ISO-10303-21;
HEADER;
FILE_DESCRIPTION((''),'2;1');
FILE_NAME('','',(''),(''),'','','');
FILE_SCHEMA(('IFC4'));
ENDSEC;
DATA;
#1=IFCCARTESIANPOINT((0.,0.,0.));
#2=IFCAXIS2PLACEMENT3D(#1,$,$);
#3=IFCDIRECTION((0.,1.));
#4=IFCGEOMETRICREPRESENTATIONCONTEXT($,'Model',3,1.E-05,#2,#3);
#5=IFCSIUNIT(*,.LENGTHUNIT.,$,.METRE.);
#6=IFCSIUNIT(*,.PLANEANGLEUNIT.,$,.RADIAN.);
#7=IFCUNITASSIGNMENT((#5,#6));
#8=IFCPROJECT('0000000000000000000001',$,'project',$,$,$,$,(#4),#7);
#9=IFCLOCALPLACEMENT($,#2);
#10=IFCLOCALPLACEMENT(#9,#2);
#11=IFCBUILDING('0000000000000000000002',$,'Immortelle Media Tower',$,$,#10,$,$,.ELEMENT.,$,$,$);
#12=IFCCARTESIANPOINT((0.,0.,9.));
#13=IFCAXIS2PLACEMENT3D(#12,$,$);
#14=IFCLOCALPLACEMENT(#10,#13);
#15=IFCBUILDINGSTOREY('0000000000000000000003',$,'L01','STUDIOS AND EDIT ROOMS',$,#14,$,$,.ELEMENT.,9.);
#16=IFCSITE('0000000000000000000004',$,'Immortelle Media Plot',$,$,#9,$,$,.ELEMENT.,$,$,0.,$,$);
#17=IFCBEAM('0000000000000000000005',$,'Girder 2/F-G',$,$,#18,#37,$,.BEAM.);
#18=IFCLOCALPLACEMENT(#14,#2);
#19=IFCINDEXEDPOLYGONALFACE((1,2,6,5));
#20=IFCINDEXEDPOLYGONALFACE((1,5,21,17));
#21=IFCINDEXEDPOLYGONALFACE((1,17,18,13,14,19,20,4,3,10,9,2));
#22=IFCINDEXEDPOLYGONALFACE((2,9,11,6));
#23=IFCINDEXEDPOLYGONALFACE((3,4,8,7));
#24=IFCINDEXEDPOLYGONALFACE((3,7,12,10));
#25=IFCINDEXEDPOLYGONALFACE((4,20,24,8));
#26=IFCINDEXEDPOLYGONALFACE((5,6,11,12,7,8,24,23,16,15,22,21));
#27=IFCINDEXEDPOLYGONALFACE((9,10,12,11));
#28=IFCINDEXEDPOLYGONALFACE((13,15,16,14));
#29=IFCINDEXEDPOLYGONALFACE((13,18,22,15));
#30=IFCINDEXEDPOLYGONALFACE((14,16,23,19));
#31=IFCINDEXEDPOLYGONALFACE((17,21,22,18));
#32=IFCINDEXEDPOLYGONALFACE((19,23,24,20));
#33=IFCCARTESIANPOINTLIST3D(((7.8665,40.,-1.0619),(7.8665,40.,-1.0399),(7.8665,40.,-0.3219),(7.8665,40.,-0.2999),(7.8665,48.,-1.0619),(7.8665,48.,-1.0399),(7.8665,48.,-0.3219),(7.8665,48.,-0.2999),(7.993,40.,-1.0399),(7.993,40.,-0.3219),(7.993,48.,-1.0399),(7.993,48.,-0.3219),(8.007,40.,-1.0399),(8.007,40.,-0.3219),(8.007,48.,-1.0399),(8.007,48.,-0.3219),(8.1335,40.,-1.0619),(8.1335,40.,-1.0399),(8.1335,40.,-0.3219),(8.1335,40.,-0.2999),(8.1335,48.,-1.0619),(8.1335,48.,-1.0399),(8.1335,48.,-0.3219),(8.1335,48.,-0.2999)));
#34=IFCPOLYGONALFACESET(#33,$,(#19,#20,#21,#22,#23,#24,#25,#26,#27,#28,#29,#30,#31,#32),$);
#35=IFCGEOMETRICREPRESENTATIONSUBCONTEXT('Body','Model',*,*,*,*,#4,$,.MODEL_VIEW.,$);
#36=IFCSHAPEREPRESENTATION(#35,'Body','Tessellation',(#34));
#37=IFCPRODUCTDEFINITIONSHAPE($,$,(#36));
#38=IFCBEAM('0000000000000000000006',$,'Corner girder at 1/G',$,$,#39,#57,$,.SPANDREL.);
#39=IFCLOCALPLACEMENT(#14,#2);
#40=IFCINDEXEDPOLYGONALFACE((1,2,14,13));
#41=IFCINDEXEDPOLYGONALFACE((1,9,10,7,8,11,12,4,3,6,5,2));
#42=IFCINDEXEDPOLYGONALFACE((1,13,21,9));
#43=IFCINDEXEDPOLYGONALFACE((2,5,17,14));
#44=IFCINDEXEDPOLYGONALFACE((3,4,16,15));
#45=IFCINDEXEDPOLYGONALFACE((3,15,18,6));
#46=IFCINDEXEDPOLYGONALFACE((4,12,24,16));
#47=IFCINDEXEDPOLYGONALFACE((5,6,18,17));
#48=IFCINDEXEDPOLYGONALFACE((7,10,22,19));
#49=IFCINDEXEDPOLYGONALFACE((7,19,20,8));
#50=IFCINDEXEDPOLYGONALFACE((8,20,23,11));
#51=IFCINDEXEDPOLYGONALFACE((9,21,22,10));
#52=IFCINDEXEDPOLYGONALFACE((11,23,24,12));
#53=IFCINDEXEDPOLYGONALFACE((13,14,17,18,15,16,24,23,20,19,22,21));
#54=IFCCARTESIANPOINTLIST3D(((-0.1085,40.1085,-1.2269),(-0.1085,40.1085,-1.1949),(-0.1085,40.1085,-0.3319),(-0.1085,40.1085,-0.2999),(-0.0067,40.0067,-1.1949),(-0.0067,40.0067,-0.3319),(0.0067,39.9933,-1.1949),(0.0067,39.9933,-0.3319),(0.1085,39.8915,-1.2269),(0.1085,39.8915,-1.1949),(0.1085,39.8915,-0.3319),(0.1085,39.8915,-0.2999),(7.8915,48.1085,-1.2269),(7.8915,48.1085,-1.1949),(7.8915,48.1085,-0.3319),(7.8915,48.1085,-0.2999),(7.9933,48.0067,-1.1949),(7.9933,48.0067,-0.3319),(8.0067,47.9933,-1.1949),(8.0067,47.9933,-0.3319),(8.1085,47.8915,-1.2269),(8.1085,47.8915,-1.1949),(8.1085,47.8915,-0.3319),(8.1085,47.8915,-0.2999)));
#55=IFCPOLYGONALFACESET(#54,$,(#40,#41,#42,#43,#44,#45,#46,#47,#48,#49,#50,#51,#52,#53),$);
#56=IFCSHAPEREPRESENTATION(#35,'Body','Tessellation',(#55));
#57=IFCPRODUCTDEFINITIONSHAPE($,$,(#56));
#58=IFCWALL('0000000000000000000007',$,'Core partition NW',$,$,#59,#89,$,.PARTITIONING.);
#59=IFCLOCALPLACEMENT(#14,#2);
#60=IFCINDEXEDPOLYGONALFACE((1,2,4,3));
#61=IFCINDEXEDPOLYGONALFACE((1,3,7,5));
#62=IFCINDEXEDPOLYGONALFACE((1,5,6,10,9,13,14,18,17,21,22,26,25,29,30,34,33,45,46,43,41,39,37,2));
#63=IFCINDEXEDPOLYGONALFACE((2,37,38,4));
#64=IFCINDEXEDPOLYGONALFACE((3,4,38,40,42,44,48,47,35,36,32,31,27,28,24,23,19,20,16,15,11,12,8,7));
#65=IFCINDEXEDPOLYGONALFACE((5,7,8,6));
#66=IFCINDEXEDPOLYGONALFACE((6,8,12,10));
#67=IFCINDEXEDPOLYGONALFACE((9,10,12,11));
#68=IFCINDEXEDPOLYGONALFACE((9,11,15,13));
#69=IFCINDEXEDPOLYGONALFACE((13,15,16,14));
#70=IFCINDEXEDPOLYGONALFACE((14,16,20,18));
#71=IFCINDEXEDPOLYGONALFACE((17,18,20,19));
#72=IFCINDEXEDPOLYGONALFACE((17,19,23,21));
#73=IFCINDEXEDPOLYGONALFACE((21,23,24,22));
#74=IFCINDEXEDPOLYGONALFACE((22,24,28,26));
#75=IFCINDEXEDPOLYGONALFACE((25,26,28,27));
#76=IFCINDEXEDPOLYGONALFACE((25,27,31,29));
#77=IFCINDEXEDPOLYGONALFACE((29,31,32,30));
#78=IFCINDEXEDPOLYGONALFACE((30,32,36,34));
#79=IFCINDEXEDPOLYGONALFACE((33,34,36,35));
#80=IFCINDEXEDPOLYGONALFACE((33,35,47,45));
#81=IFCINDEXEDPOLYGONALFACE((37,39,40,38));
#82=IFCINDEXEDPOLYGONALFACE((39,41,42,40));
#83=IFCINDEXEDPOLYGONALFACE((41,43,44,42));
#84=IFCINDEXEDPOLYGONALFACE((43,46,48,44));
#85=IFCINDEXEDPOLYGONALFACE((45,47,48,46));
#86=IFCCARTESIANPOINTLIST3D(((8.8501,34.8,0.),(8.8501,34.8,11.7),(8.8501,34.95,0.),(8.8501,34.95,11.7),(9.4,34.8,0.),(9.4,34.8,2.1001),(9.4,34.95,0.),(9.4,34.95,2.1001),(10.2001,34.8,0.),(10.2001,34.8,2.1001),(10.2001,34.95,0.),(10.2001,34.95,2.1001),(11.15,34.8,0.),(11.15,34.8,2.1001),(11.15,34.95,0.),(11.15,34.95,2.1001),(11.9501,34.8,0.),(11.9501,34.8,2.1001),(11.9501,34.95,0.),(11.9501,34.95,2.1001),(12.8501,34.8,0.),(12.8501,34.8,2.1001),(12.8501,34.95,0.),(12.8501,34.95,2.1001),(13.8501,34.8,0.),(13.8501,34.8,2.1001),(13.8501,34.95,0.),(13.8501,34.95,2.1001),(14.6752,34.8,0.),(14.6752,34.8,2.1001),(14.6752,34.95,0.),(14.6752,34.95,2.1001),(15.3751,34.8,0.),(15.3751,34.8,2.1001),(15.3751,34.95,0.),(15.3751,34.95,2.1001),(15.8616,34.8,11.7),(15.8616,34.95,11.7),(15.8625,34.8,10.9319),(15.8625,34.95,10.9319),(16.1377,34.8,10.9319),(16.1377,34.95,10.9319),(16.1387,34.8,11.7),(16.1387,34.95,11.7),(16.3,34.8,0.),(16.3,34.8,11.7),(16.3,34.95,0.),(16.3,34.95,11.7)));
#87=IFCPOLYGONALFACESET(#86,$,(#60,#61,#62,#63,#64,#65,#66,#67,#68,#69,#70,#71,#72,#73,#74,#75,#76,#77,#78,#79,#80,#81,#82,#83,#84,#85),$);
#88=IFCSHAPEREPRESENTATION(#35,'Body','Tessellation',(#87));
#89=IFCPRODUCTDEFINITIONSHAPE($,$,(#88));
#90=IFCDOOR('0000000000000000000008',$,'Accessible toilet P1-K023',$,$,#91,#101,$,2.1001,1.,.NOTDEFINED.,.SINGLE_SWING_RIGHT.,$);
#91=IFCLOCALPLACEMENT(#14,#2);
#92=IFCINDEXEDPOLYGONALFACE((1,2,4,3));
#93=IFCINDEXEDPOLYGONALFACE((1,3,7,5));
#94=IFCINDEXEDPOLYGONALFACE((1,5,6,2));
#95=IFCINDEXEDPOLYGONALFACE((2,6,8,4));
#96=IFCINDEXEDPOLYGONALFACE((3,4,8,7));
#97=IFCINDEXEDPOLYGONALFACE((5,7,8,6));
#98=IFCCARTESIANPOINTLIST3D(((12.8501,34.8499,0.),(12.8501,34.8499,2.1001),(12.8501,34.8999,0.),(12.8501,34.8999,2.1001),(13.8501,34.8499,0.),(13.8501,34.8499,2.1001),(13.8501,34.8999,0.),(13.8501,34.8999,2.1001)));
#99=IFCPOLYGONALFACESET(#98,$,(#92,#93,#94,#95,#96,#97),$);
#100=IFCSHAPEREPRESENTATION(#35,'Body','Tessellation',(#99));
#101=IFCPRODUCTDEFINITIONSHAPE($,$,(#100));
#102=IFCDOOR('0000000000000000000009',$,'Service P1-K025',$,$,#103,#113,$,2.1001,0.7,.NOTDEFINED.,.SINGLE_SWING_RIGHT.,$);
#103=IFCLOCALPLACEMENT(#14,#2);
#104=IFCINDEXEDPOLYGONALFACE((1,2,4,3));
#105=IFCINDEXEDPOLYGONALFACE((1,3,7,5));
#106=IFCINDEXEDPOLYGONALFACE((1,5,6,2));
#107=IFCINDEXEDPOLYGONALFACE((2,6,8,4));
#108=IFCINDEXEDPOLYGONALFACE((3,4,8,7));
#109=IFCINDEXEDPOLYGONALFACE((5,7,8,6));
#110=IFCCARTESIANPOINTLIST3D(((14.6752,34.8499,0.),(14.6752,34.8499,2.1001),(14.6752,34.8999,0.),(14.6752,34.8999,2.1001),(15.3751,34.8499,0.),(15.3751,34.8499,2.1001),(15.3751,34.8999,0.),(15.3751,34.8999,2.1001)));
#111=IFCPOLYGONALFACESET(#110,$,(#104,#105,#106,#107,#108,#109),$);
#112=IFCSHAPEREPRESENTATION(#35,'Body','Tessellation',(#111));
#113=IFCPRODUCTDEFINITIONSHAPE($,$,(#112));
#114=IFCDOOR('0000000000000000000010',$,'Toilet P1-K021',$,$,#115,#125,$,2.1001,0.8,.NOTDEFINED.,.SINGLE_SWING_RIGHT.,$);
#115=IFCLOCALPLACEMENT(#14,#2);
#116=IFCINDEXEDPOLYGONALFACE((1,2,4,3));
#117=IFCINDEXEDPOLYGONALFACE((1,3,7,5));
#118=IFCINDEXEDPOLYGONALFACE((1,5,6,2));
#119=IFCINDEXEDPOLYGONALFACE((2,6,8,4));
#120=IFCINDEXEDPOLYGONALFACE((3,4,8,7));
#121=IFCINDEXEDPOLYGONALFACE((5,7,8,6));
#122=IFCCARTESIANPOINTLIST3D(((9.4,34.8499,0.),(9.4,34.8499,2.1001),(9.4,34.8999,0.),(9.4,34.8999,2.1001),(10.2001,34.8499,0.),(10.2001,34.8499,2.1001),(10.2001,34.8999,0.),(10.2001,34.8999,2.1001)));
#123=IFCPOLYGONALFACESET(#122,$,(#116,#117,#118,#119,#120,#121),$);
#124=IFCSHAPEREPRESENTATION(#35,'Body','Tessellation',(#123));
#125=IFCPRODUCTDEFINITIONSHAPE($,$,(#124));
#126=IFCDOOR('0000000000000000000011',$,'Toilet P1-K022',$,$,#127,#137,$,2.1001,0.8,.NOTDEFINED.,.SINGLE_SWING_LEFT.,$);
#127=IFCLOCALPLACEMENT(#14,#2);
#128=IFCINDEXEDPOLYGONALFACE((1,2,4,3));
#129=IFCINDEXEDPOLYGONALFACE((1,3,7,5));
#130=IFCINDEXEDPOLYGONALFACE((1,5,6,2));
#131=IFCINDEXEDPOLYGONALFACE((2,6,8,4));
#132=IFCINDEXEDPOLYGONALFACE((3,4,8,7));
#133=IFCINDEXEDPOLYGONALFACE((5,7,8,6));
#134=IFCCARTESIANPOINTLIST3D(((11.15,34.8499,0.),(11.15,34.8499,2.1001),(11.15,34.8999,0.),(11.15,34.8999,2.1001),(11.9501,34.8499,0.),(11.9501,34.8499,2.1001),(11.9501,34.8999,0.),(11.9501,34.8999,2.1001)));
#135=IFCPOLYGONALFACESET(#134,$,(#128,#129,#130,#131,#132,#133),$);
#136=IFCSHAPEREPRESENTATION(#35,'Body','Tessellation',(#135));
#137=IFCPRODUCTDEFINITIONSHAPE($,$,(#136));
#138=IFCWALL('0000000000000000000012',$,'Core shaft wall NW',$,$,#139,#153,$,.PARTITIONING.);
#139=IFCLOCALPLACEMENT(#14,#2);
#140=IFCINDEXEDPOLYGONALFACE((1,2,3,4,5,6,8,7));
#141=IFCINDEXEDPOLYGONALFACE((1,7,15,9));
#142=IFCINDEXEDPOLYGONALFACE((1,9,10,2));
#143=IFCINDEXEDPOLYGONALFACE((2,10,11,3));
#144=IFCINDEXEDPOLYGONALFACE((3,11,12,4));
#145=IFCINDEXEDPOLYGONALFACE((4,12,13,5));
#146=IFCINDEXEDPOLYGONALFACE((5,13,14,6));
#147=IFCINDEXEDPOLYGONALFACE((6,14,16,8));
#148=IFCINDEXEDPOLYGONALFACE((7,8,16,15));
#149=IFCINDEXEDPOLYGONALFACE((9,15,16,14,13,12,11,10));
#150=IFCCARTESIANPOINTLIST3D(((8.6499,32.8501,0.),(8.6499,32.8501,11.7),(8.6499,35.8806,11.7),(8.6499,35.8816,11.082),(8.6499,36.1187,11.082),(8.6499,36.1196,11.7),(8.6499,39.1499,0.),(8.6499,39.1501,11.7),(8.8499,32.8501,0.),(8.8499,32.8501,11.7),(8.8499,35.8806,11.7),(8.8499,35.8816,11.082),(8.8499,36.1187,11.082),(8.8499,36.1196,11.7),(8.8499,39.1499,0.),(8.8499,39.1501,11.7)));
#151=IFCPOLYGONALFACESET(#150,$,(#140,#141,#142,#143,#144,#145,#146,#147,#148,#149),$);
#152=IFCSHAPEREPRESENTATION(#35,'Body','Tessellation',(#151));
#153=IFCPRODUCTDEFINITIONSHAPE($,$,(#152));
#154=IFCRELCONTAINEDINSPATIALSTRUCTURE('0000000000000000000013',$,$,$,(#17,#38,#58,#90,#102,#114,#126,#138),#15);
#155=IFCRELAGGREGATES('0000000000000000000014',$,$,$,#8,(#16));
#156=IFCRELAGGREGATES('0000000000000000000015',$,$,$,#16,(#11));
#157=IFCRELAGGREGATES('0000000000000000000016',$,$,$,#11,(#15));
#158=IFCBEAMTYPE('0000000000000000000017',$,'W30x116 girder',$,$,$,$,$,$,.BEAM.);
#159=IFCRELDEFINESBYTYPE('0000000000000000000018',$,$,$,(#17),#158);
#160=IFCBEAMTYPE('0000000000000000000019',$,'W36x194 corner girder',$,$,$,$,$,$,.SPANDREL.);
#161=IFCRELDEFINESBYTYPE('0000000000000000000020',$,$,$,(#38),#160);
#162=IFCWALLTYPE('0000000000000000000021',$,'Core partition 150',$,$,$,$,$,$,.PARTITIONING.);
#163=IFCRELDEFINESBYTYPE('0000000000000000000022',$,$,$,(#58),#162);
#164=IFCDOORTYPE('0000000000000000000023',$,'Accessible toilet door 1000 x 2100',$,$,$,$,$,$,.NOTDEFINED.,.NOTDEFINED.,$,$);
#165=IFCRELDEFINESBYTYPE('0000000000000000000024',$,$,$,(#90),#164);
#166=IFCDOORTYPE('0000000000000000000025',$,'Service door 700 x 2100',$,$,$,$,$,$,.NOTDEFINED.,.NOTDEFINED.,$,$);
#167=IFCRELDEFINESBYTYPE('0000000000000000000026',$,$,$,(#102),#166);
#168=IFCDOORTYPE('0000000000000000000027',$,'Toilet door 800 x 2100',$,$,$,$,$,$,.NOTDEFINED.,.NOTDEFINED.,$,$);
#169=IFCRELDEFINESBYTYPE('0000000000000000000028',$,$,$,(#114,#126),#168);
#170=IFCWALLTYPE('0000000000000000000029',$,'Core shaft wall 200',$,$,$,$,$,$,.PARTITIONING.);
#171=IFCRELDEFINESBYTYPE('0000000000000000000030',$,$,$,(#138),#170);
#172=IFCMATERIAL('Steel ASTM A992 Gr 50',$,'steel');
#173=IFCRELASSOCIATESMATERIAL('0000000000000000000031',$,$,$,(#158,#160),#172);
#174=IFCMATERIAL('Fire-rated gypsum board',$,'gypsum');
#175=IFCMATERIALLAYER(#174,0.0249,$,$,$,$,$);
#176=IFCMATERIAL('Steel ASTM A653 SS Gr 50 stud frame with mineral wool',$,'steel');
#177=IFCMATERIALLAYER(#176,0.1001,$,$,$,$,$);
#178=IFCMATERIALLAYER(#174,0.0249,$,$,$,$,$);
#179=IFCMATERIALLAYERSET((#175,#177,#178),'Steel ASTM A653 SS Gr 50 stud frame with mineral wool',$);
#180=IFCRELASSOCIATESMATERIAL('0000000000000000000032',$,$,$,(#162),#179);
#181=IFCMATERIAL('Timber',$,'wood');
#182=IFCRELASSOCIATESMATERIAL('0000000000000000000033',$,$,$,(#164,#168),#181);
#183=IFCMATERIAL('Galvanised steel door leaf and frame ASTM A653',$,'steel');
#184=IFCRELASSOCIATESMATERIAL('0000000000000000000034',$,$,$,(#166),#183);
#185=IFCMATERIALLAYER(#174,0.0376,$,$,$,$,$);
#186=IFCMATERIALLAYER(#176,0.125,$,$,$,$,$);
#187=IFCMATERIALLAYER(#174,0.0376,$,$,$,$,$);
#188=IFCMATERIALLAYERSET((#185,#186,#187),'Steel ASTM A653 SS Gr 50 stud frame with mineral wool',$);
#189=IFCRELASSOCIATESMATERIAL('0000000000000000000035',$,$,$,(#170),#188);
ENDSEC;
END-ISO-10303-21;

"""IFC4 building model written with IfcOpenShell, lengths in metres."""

from ifc_helpers import new_model, si_unit, direction, frame, frame_2d, origin, origin_2d, place, context, subcontext, project, spatial, polyline, rectangle, i_section, outline, extrude, material, layer, layer_set, material_profile, profile_set, type_object, element, fill, save


model = new_model("IFC4")

# Units and contexts
model_context = context("Model", 3, precision=1e-05, world=origin(), true_north=direction((0.0, 1.0)))
body_context = subcontext(model_context, "Body", "Model", "MODEL_VIEW")
ifc_project = project(units=[si_unit("LENGTHUNIT", "METRE"), si_unit("PLANEANGLEUNIT", "RADIAN")], contexts=[model_context])

# Site, building, storey
site_placement = place(None, origin())
site = spatial("IfcSite", under=ifc_project, at=site_placement, Name="Immortelle Media Plot", CompositionType="ELEMENT", RefElevation=0.0)
building_placement = place(site_placement, origin())
building = spatial("IfcBuilding", under=site, at=building_placement, Name="Immortelle Media Tower", CompositionType="ELEMENT")
storey_placement = place(building_placement, frame((0.0, 0.0, 9.0)))
storey = spatial("IfcBuildingStorey", under=building, at=storey_placement, Name="L01", Description="STUDIOS AND EDIT ROOMS", CompositionType="ELEMENT", Elevation=9.0)

# Shared definitions
ifc_material_1 = material(Name="Steel ASTM A992 Gr 50", Category="steel")

# Beams
ifc_material_profile_1 = material_profile(ifc_material_1, i_section(OverallWidth=0.2671, OverallDepth=0.762, WebThickness=0.0139, FlangeThickness=0.022, at=origin_2d()), Name="W30x116")
ifc_profile_set_1 = profile_set([ifc_material_profile_1], Name="Steel ASTM A992 Gr 50")
beam_type_1 = type_object("IfcBeamType", Name="W30x116 girder", PredefinedType="BEAM", material=ifc_profile_set_1)
for number, where, z_axis, x_axis, name in (
    (1, (8.0, 40.0, -0.6809), (0.0, 1.0, 0.0), (-1.0, 0.0, 0.0), "Girder 2/F-G"),
):
    element("IfcBeam", number, at=place(storey_placement, frame(where, z_axis=z_axis, x_axis=x_axis)), inside=storey, type_object=beam_type_1, Name=name, PredefinedType="BEAM", context=body_context, shape_type="SweptSolid", body=[
        extrude(i_section(OverallWidth=0.2671, OverallDepth=0.762, WebThickness=0.0139, FlangeThickness=0.022, at=origin_2d()), origin(), (0.0, 0.0, 1.0), 8.0),
    ])
ifc_material_profile_2 = material_profile(ifc_material_1, i_section(OverallWidth=0.3069, OverallDepth=0.927, WebThickness=0.019, FlangeThickness=0.032, at=origin_2d()), Name="W36x194")
ifc_profile_set_2 = profile_set([ifc_material_profile_2], Name="Steel ASTM A992 Gr 50")
beam_type_2 = type_object("IfcBeamType", Name="W36x194 corner girder", PredefinedType="SPANDREL", material=ifc_profile_set_2)
beam_1_placement = place(storey_placement, frame((0.0, 40.0, -0.7634), z_axis=(0.707107, 0.707107, 0.0), x_axis=(-0.707107, 0.707107, 0.0)))
element("IfcBeam", 2, at=beam_1_placement, inside=storey, type_object=beam_type_2, Name="Corner girder at 1/G", PredefinedType="SPANDREL", context=body_context, shape_type="SweptSolid", body=[
    extrude(i_section(OverallWidth=0.3069, OverallDepth=0.927, WebThickness=0.019, FlangeThickness=0.032, at=origin_2d()), origin(), (0.0, 0.0, 1.0), 11.3137),
])

# Wall, openings, doors
ifc_material_2 = material(Name="Fire-rated gypsum board", Category="gypsum")
ifc_layer_1 = layer(ifc_material_2, 0.0249)
ifc_material_3 = material(Name="Steel ASTM A653 SS Gr 50 stud frame with mineral wool", Category="steel")
ifc_layer_2 = layer(ifc_material_3, 0.1001)
ifc_layer_3 = layer(ifc_material_2, 0.0249)
ifc_layer_set_1 = layer_set([ifc_layer_1, ifc_layer_2, ifc_layer_3], Name="Steel ASTM A653 SS Gr 50 stud frame with mineral wool")
wall_type_1 = type_object("IfcWallType", Name="Core partition 150", PredefinedType="PARTITIONING", material=ifc_layer_set_1)
wall_1_placement = place(storey_placement, frame((8.8501, 34.875, 0.0), z_axis=(0.0, 0.0, 1.0), x_axis=(1.0, 0.0, 0.0)))
wall_1 = element("IfcWall", 3, at=wall_1_placement, inside=storey, type_object=wall_type_1, Name="Core partition NW", PredefinedType="PARTITIONING", context=body_context, shape_type="SweptSolid", body=[
    extrude(outline(polyline([(0.0, 0.0), (7.45, 0.0), (7.45, 11.7), (7.2886, 11.7), (7.2876, 10.9319), (7.0125, 10.9319), (7.0115, 11.7), (0.0, 11.7), (0.0, 0.0)])), frame((0.0, 0.075, 0.0), z_axis=(0.0, -1.0, 0.0), x_axis=(1.0, 0.0, 0.0)), (0.0, 0.0, 1.0), 0.1499),
])
opening_1_placement = place(wall_1_placement, frame((0.55, 0.0, 0.0)))
opening_1 = element("IfcOpeningElement", 4, at=opening_1_placement, cuts=wall_1, PredefinedType="OPENING", context=body_context, shape_type="SweptSolid", body=[
    extrude(rectangle(XDim=0.8, YDim=2.1001, at=frame_2d((0.3999, 1.05))), frame((0.0, 0.085, 0.0), z_axis=(0.0, -1.0, 0.0), x_axis=(1.0, 0.0, 0.0)), (0.0, 0.0, 1.0), 0.1699),
])
opening_2_placement = place(wall_1_placement, frame((2.3, 0.0, 0.0)))
opening_2 = element("IfcOpeningElement", 5, at=opening_2_placement, cuts=wall_1, PredefinedType="OPENING", context=body_context, shape_type="SweptSolid", body=[
    extrude(rectangle(XDim=0.8, YDim=2.1001, at=frame_2d((0.3999, 1.05))), frame((0.0, 0.085, 0.0), z_axis=(0.0, -1.0, 0.0), x_axis=(1.0, 0.0, 0.0)), (0.0, 0.0, 1.0), 0.1699),
])
opening_3_placement = place(wall_1_placement, frame((4.0, 0.0, 0.0)))
opening_3 = element("IfcOpeningElement", 6, at=opening_3_placement, cuts=wall_1, PredefinedType="OPENING", context=body_context, shape_type="SweptSolid", body=[
    extrude(rectangle(XDim=1.0, YDim=2.1001, at=frame_2d((0.5, 1.05))), frame((0.0, 0.085, 0.0), z_axis=(0.0, -1.0, 0.0), x_axis=(1.0, 0.0, 0.0)), (0.0, 0.0, 1.0), 0.1699),
])
opening_4_placement = place(wall_1_placement, frame((5.825, 0.0, 0.0)))
opening_4 = element("IfcOpeningElement", 7, at=opening_4_placement, cuts=wall_1, PredefinedType="OPENING", context=body_context, shape_type="SweptSolid", body=[
    extrude(rectangle(XDim=0.7, YDim=2.1001, at=frame_2d((0.3501, 1.05))), frame((0.0, 0.085, 0.0), z_axis=(0.0, -1.0, 0.0), x_axis=(1.0, 0.0, 0.0)), (0.0, 0.0, 1.0), 0.1699),
])
ifc_material_4 = material(Name="Timber", Category="wood")
door_type_1 = type_object("IfcDoorType", Name="Accessible toilet door 1000 x 2100", OperationType="NOTDEFINED", PredefinedType="NOTDEFINED", material=ifc_material_4)
door_1_placement = place(opening_3_placement, origin())
door_1 = element("IfcDoor", 8, at=door_1_placement, inside=storey, type_object=door_type_1, Name="Accessible toilet P1-K023", OperationType="SINGLE_SWING_RIGHT", OverallHeight=2.1001, OverallWidth=1.0, PredefinedType="NOTDEFINED", context=body_context, shape_type="SweptSolid", body=[
    extrude(rectangle(XDim=1.0, YDim=2.1001, at=frame_2d((0.5, 1.05))), frame((0.0, 0.0249, 0.0), z_axis=(0.0, -1.0, 0.0), x_axis=(1.0, 0.0, 0.0)), (0.0, 0.0, 1.0), 0.05),
])
fill(opening_3, door_1)
ifc_material_5 = material(Name="Galvanised steel door leaf and frame ASTM A653", Category="steel")
door_type_2 = type_object("IfcDoorType", Name="Service door 700 x 2100", OperationType="NOTDEFINED", PredefinedType="NOTDEFINED", material=ifc_material_5)
door_2_placement = place(opening_4_placement, origin())
door_2 = element("IfcDoor", 9, at=door_2_placement, inside=storey, type_object=door_type_2, Name="Service P1-K025", OperationType="SINGLE_SWING_RIGHT", OverallHeight=2.1001, OverallWidth=0.7, PredefinedType="NOTDEFINED", context=body_context, shape_type="SweptSolid", body=[
    extrude(rectangle(XDim=0.7, YDim=2.1001, at=frame_2d((0.3501, 1.05))), frame((0.0, 0.0249, 0.0), z_axis=(0.0, -1.0, 0.0), x_axis=(1.0, 0.0, 0.0)), (0.0, 0.0, 1.0), 0.05),
])
fill(opening_4, door_2)
door_type_3 = type_object("IfcDoorType", Name="Toilet door 800 x 2100", OperationType="NOTDEFINED", PredefinedType="NOTDEFINED", material=ifc_material_4)
door_3_placement = place(opening_1_placement, origin())
door_3 = element("IfcDoor", 10, at=door_3_placement, inside=storey, type_object=door_type_3, Name="Toilet P1-K021", OperationType="SINGLE_SWING_RIGHT", OverallHeight=2.1001, OverallWidth=0.8, PredefinedType="NOTDEFINED", context=body_context, shape_type="SweptSolid", body=[
    extrude(rectangle(XDim=0.8, YDim=2.1001, at=frame_2d((0.3999, 1.05))), frame((0.0, 0.0249, 0.0), z_axis=(0.0, -1.0, 0.0), x_axis=(1.0, 0.0, 0.0)), (0.0, 0.0, 1.0), 0.05),
])
fill(opening_1, door_3)
door_4_placement = place(opening_2_placement, origin())
door_4 = element("IfcDoor", 11, at=door_4_placement, inside=storey, type_object=door_type_3, Name="Toilet P1-K022", OperationType="SINGLE_SWING_LEFT", OverallHeight=2.1001, OverallWidth=0.8, PredefinedType="NOTDEFINED", context=body_context, shape_type="SweptSolid", body=[
    extrude(rectangle(XDim=0.8, YDim=2.1001, at=frame_2d((0.3999, 1.05))), frame((0.0, 0.0249, 0.0), z_axis=(0.0, -1.0, 0.0), x_axis=(1.0, 0.0, 0.0)), (0.0, 0.0, 1.0), 0.05),
])
fill(opening_2, door_4)

# Wall
ifc_layer_4 = layer(ifc_material_2, 0.0376)
ifc_layer_5 = layer(ifc_material_3, 0.125)
ifc_layer_6 = layer(ifc_material_2, 0.0376)
ifc_layer_set_2 = layer_set([ifc_layer_4, ifc_layer_5, ifc_layer_6], Name="Steel ASTM A653 SS Gr 50 stud frame with mineral wool")
wall_type_2 = type_object("IfcWallType", Name="Core shaft wall 200", PredefinedType="PARTITIONING", material=ifc_layer_set_2)
wall_2_placement = place(storey_placement, frame((8.75, 32.8501, 0.0), z_axis=(0.0, 0.0, 1.0), x_axis=(0.0, 1.0, 0.0)))
element("IfcWall", 12, at=wall_2_placement, inside=storey, type_object=wall_type_2, Name="Core shaft wall NW", PredefinedType="PARTITIONING", context=body_context, shape_type="SweptSolid", body=[
    extrude(outline(polyline([(0.0, 0.0), (6.2998, 0.0), (6.3, 11.7), (3.2695, 11.7), (3.2686, 11.082), (3.0315, 11.082), (3.0305, 11.7), (0.0, 11.7), (0.0, 0.0)])), frame((0.0, 0.1001, 0.0), z_axis=(0.0, -1.0, 0.0), x_axis=(1.0, 0.0, 0.0)), (0.0, 0.0, 1.0), 0.2),
])

save(model, "model.ifc")
